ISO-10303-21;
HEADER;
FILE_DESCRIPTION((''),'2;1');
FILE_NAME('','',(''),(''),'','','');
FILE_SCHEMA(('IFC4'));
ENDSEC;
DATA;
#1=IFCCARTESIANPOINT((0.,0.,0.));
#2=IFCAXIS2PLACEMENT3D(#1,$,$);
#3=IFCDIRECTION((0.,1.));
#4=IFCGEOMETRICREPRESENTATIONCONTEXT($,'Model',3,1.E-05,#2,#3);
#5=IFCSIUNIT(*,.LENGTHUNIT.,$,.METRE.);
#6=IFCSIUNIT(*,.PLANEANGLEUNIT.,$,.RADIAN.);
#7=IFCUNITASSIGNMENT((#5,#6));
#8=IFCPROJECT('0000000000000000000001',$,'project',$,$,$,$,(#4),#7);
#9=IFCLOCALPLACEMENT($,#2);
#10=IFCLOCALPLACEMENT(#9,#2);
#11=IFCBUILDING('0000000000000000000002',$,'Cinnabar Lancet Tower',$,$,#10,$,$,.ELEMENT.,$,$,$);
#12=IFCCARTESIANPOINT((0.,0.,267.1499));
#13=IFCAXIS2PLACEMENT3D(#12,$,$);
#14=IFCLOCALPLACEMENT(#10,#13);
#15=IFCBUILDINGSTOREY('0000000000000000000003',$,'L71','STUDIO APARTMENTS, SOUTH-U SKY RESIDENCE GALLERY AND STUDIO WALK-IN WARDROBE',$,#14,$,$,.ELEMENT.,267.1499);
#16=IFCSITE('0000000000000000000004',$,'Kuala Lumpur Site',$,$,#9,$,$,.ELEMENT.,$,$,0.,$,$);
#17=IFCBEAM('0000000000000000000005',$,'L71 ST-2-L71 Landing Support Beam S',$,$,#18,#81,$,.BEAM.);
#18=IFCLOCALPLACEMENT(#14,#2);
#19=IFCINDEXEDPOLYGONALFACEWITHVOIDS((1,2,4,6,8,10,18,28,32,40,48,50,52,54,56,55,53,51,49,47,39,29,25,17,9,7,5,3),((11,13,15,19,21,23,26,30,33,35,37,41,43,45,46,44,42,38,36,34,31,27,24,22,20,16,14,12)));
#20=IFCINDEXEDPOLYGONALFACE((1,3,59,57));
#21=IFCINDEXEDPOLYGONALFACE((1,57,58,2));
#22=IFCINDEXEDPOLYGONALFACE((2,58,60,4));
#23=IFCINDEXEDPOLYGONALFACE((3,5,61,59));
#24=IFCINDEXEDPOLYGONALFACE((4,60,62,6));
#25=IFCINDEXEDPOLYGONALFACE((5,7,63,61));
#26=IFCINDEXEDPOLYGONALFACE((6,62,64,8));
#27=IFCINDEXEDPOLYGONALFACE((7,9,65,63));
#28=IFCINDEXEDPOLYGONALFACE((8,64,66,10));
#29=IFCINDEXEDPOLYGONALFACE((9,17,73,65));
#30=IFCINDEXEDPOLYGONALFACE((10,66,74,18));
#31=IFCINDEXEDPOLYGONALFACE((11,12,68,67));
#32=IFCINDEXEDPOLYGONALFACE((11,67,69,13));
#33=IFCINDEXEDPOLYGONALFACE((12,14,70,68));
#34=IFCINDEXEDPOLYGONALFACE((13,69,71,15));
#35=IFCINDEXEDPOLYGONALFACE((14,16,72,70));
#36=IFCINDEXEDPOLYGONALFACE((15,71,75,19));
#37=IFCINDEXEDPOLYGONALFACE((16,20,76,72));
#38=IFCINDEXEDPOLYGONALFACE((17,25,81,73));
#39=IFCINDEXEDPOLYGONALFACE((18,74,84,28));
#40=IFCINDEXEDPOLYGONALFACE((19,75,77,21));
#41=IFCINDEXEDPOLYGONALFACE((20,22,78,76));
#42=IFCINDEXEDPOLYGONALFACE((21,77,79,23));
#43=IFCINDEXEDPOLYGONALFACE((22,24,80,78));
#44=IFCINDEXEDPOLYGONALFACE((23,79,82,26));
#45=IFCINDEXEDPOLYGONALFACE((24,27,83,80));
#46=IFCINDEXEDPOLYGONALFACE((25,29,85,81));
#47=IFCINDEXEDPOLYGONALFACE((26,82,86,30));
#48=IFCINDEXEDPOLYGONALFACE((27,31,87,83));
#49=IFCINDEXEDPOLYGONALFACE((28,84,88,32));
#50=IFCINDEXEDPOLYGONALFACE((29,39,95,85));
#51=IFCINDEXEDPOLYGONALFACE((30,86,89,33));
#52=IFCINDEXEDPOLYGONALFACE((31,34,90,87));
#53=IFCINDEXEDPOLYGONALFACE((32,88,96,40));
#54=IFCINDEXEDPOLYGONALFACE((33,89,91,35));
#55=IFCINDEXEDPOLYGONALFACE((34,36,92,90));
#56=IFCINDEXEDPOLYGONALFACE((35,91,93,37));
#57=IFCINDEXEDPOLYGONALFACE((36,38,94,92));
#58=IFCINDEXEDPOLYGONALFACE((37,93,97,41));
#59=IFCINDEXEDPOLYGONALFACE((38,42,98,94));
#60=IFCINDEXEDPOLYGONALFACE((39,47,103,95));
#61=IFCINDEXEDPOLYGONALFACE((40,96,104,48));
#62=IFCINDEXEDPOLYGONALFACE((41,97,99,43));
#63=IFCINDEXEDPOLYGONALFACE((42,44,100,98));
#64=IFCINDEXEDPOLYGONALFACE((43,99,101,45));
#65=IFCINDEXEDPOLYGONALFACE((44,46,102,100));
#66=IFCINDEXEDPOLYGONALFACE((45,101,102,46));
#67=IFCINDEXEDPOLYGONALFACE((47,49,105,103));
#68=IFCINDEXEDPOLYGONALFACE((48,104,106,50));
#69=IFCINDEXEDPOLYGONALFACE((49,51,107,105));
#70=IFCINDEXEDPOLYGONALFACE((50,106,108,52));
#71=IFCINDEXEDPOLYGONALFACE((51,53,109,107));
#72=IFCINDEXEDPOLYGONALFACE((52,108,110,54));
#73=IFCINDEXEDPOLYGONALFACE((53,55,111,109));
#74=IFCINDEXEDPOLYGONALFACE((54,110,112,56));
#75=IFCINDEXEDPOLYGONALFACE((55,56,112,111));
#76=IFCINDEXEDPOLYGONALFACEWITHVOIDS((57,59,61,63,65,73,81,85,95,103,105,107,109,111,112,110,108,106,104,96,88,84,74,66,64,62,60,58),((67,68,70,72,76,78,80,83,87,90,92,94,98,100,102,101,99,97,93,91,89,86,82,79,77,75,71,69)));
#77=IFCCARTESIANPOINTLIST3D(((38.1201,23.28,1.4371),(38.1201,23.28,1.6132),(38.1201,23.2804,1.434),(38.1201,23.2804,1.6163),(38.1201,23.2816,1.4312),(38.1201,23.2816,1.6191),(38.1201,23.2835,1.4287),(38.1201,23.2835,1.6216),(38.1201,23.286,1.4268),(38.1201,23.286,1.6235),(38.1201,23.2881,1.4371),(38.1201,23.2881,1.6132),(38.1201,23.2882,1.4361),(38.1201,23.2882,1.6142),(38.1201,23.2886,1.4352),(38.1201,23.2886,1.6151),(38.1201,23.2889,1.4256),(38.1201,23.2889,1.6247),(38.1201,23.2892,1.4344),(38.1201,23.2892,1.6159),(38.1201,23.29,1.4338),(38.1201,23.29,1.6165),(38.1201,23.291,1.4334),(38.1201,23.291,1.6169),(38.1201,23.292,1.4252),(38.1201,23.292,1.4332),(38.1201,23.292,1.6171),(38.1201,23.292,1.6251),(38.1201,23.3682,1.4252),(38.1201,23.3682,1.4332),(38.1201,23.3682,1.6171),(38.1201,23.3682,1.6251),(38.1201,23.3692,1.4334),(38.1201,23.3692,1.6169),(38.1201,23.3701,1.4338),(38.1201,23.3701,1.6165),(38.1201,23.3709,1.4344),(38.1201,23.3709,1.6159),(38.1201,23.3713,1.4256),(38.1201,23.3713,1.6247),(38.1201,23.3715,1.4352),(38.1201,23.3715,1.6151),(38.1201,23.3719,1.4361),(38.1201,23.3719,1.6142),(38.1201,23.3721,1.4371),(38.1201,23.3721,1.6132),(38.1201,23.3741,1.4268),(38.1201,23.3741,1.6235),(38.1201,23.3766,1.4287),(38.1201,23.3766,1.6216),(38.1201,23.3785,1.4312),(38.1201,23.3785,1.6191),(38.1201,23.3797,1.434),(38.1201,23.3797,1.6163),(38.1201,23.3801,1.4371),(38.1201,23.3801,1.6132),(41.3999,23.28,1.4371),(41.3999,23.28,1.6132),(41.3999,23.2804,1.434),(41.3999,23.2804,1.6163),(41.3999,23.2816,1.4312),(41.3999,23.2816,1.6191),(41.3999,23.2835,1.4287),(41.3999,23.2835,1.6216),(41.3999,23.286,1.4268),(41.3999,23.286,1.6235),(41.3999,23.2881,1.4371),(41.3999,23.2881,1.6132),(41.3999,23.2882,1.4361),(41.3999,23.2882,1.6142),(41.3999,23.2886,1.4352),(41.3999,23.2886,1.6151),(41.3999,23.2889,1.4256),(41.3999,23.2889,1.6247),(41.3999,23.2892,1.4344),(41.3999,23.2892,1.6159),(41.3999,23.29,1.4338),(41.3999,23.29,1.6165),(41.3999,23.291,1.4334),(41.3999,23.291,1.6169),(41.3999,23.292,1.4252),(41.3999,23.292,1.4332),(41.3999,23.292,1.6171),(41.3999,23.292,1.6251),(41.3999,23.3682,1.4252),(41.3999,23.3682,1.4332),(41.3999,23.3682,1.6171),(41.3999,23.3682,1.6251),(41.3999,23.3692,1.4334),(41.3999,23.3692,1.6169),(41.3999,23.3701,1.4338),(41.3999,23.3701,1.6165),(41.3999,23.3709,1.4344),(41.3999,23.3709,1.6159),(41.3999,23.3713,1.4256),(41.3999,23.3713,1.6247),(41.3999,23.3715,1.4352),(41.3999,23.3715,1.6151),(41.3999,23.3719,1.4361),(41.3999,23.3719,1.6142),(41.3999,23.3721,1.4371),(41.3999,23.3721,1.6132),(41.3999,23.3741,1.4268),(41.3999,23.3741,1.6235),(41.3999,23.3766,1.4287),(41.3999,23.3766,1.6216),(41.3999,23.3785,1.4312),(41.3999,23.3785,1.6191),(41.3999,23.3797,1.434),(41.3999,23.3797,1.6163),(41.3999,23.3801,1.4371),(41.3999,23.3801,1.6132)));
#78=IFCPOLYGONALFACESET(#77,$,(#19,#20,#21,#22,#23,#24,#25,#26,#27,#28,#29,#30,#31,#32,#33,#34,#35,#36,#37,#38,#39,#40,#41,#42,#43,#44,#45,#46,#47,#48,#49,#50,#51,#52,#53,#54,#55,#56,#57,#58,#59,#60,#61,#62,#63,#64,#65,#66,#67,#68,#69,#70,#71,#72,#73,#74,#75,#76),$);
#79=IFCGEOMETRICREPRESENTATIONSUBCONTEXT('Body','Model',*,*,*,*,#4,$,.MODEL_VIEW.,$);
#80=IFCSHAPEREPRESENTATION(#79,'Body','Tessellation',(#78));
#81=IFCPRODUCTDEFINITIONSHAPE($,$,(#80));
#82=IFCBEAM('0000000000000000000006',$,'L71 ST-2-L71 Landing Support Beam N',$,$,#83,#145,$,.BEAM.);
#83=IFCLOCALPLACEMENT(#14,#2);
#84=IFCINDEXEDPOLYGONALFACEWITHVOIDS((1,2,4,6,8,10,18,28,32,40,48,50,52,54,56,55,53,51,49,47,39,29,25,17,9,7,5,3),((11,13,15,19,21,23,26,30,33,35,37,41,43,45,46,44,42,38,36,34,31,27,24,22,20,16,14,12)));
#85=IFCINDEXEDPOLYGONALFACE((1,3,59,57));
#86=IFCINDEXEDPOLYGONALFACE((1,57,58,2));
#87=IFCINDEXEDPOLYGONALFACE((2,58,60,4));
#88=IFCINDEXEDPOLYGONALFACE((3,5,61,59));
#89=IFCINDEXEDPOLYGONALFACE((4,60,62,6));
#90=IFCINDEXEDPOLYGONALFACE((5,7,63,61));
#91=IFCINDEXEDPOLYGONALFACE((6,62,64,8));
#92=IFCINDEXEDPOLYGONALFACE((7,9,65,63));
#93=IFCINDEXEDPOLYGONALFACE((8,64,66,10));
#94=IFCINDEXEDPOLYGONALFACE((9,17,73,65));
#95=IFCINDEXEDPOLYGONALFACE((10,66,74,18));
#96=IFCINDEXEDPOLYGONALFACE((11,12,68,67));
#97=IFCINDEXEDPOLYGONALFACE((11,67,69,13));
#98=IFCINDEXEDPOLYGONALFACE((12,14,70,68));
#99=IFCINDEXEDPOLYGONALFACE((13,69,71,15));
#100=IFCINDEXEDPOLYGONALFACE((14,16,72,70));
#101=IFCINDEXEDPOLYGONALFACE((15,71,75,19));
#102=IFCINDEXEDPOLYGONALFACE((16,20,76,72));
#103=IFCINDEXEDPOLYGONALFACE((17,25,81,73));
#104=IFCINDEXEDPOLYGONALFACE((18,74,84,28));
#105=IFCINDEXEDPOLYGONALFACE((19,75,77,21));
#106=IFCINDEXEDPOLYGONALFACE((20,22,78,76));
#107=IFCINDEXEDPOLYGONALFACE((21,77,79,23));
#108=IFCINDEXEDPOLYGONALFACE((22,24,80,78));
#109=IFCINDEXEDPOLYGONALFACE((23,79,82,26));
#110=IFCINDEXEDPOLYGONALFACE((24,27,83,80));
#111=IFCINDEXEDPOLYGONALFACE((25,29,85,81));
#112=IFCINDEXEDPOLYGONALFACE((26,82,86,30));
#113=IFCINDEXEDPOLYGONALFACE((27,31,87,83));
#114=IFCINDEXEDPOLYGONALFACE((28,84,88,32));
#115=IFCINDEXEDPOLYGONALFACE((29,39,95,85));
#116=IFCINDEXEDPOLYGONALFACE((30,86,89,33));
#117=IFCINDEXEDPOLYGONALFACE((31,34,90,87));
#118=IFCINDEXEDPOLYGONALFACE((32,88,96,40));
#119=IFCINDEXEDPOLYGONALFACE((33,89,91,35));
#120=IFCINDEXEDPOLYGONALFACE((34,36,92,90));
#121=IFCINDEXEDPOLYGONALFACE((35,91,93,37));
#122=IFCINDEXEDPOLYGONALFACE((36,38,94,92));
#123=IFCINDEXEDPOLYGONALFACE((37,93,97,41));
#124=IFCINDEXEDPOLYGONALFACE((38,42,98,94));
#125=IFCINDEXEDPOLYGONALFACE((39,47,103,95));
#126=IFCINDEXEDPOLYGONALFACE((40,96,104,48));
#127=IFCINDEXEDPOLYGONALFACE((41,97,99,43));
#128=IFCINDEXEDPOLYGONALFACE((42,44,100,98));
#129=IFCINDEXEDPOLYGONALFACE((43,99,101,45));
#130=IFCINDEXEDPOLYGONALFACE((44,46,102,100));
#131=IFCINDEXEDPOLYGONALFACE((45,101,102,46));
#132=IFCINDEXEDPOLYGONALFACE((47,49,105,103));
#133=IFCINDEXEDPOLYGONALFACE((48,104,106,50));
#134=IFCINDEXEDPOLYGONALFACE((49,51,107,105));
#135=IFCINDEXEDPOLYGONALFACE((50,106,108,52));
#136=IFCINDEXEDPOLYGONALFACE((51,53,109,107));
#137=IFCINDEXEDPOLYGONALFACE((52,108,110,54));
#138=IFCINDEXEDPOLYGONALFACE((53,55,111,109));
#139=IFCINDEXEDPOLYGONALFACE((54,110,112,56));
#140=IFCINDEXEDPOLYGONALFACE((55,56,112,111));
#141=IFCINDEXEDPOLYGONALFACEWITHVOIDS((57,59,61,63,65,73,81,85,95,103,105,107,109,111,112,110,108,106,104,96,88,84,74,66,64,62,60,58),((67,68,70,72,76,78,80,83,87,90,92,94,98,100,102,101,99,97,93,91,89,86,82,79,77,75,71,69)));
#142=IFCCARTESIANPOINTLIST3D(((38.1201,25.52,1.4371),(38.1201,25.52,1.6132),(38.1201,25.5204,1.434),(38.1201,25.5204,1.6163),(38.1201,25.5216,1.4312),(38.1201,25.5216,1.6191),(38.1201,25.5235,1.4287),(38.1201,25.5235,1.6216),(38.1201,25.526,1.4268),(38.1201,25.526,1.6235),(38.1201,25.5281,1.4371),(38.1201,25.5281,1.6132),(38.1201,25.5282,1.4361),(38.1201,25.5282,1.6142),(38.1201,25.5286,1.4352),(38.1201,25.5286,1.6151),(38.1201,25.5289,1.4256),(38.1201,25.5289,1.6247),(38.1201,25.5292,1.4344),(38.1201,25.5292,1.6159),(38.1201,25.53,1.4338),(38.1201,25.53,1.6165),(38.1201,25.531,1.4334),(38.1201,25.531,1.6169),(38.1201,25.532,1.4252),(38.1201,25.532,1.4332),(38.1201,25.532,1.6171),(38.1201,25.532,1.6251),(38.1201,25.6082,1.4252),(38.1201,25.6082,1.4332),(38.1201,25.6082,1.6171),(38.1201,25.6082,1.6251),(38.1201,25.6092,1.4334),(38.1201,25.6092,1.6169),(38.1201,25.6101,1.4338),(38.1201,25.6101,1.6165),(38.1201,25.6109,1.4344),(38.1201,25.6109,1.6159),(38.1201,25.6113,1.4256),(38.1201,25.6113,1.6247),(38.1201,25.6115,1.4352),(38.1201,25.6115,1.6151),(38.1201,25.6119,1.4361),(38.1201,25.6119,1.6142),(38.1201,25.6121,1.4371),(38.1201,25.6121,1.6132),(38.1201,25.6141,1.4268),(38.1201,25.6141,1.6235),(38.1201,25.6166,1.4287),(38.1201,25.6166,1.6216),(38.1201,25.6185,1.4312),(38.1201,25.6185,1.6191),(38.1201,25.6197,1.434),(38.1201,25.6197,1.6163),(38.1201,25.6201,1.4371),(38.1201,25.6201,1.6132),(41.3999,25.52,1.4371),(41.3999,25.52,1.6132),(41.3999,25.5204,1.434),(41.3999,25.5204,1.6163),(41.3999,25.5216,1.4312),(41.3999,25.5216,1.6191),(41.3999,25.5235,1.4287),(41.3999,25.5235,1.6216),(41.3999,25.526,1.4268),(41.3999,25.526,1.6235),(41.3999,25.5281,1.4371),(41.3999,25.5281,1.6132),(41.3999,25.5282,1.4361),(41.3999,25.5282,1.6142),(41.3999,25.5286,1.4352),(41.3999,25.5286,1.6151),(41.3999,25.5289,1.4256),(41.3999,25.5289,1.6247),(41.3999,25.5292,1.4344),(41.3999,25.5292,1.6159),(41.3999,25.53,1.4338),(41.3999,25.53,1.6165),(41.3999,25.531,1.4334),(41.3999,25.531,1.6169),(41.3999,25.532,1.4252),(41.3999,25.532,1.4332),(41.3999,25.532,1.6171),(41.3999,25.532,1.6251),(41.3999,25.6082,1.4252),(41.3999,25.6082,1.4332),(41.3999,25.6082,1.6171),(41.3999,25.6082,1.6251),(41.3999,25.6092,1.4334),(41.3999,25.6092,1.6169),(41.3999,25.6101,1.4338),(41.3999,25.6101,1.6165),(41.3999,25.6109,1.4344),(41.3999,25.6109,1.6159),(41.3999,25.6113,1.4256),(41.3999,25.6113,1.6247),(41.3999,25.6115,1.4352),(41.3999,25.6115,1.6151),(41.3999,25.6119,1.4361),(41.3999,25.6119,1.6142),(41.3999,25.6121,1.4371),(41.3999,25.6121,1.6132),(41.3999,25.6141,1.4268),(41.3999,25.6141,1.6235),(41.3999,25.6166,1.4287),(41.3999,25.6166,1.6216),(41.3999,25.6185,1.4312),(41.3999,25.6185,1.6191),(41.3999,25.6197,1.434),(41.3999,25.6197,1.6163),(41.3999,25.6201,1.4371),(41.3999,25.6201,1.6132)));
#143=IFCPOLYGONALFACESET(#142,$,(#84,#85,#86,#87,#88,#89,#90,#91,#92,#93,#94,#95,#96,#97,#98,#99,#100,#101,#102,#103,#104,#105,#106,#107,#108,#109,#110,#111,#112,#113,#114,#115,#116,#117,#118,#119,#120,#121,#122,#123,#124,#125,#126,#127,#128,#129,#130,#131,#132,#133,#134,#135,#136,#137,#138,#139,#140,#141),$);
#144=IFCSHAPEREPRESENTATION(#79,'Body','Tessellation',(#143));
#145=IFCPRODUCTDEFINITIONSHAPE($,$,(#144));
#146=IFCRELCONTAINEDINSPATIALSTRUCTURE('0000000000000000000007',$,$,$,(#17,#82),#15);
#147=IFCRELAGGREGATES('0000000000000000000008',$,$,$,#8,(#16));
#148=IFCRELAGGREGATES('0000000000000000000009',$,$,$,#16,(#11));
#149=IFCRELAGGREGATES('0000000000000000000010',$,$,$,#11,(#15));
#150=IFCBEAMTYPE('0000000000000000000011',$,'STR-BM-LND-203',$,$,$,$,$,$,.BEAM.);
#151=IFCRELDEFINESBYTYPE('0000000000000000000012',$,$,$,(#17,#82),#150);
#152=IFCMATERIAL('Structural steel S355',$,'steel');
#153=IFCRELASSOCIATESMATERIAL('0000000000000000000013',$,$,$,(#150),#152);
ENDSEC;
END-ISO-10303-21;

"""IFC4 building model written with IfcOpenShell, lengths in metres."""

from ifc_helpers import new_model, si_unit, direction, frame, origin, origin_2d, place, context, subcontext, project, spatial, hollow_rectangle, extrude, material, material_profile, profile_set, type_object, element, save


model = new_model("IFC4")

# Units and contexts
model_context = context("Model", 3, precision=1e-05, world=origin(), true_north=direction((0.0, 1.0)))
body_context = subcontext(model_context, "Body", "Model", "MODEL_VIEW")
ifc_project = project(units=[si_unit("LENGTHUNIT", "METRE"), si_unit("PLANEANGLEUNIT", "RADIAN")], contexts=[model_context])

# Site, building, storey
site_placement = place(None, origin())
site = spatial("IfcSite", under=ifc_project, at=site_placement, Name="Kuala Lumpur Site", CompositionType="ELEMENT", RefElevation=0.0)
building_placement = place(site_placement, origin())
building = spatial("IfcBuilding", under=site, at=building_placement, Name="Cinnabar Lancet Tower", CompositionType="ELEMENT")
storey_placement = place(building_placement, frame((0.0, 0.0, 267.1499)))
storey = spatial("IfcBuildingStorey", under=building, at=storey_placement, Name="L71", Description="STUDIO APARTMENTS, SOUTH-U SKY RESIDENCE GALLERY AND STUDIO WALK-IN WARDROBE", CompositionType="ELEMENT", Elevation=267.1499)

# Beams
ifc_material_1 = material(Name="Structural steel S355", Category="steel")
ifc_material_profile = material_profile(ifc_material_1, hollow_rectangle(XDim=0.1001, YDim=0.2, WallThickness=0.0081, InnerFilletRadius=0.0039, OuterFilletRadius=0.012, at=origin_2d()), Name="RHS 200x100x8")
ifc_profile_set = profile_set([ifc_material_profile], Name="Structural steel S355")
beam_type = type_object("IfcBeamType", Name="STR-BM-LND-203", PredefinedType="BEAM", material=ifc_profile_set)
for number, where, z_axis, x_axis, name in (
    (1, (38.1201, 23.3301, 1.5251), (1.0, 0.0, 0.0), (0.0, 1.0, 0.0), "L71 ST-2-L71 Landing Support Beam S"),
    (2, (38.1201, 25.5701, 1.5251), (1.0, 0.0, 0.0), (0.0, 1.0, 0.0), "L71 ST-2-L71 Landing Support Beam N"),
):
    element("IfcBeam", number, at=place(storey_placement, frame(where, z_axis=z_axis, x_axis=x_axis)), inside=storey, type_object=beam_type, Name=name, PredefinedType="BEAM", context=body_context, shape_type="SweptSolid", body=[
        extrude(hollow_rectangle(XDim=0.1001, YDim=0.2, WallThickness=0.0081, InnerFilletRadius=0.0039, OuterFilletRadius=0.012, at=origin_2d()), origin(), (0.0, 0.0, 1.0), 3.2798),
    ])

save(model, "model.ifc")
